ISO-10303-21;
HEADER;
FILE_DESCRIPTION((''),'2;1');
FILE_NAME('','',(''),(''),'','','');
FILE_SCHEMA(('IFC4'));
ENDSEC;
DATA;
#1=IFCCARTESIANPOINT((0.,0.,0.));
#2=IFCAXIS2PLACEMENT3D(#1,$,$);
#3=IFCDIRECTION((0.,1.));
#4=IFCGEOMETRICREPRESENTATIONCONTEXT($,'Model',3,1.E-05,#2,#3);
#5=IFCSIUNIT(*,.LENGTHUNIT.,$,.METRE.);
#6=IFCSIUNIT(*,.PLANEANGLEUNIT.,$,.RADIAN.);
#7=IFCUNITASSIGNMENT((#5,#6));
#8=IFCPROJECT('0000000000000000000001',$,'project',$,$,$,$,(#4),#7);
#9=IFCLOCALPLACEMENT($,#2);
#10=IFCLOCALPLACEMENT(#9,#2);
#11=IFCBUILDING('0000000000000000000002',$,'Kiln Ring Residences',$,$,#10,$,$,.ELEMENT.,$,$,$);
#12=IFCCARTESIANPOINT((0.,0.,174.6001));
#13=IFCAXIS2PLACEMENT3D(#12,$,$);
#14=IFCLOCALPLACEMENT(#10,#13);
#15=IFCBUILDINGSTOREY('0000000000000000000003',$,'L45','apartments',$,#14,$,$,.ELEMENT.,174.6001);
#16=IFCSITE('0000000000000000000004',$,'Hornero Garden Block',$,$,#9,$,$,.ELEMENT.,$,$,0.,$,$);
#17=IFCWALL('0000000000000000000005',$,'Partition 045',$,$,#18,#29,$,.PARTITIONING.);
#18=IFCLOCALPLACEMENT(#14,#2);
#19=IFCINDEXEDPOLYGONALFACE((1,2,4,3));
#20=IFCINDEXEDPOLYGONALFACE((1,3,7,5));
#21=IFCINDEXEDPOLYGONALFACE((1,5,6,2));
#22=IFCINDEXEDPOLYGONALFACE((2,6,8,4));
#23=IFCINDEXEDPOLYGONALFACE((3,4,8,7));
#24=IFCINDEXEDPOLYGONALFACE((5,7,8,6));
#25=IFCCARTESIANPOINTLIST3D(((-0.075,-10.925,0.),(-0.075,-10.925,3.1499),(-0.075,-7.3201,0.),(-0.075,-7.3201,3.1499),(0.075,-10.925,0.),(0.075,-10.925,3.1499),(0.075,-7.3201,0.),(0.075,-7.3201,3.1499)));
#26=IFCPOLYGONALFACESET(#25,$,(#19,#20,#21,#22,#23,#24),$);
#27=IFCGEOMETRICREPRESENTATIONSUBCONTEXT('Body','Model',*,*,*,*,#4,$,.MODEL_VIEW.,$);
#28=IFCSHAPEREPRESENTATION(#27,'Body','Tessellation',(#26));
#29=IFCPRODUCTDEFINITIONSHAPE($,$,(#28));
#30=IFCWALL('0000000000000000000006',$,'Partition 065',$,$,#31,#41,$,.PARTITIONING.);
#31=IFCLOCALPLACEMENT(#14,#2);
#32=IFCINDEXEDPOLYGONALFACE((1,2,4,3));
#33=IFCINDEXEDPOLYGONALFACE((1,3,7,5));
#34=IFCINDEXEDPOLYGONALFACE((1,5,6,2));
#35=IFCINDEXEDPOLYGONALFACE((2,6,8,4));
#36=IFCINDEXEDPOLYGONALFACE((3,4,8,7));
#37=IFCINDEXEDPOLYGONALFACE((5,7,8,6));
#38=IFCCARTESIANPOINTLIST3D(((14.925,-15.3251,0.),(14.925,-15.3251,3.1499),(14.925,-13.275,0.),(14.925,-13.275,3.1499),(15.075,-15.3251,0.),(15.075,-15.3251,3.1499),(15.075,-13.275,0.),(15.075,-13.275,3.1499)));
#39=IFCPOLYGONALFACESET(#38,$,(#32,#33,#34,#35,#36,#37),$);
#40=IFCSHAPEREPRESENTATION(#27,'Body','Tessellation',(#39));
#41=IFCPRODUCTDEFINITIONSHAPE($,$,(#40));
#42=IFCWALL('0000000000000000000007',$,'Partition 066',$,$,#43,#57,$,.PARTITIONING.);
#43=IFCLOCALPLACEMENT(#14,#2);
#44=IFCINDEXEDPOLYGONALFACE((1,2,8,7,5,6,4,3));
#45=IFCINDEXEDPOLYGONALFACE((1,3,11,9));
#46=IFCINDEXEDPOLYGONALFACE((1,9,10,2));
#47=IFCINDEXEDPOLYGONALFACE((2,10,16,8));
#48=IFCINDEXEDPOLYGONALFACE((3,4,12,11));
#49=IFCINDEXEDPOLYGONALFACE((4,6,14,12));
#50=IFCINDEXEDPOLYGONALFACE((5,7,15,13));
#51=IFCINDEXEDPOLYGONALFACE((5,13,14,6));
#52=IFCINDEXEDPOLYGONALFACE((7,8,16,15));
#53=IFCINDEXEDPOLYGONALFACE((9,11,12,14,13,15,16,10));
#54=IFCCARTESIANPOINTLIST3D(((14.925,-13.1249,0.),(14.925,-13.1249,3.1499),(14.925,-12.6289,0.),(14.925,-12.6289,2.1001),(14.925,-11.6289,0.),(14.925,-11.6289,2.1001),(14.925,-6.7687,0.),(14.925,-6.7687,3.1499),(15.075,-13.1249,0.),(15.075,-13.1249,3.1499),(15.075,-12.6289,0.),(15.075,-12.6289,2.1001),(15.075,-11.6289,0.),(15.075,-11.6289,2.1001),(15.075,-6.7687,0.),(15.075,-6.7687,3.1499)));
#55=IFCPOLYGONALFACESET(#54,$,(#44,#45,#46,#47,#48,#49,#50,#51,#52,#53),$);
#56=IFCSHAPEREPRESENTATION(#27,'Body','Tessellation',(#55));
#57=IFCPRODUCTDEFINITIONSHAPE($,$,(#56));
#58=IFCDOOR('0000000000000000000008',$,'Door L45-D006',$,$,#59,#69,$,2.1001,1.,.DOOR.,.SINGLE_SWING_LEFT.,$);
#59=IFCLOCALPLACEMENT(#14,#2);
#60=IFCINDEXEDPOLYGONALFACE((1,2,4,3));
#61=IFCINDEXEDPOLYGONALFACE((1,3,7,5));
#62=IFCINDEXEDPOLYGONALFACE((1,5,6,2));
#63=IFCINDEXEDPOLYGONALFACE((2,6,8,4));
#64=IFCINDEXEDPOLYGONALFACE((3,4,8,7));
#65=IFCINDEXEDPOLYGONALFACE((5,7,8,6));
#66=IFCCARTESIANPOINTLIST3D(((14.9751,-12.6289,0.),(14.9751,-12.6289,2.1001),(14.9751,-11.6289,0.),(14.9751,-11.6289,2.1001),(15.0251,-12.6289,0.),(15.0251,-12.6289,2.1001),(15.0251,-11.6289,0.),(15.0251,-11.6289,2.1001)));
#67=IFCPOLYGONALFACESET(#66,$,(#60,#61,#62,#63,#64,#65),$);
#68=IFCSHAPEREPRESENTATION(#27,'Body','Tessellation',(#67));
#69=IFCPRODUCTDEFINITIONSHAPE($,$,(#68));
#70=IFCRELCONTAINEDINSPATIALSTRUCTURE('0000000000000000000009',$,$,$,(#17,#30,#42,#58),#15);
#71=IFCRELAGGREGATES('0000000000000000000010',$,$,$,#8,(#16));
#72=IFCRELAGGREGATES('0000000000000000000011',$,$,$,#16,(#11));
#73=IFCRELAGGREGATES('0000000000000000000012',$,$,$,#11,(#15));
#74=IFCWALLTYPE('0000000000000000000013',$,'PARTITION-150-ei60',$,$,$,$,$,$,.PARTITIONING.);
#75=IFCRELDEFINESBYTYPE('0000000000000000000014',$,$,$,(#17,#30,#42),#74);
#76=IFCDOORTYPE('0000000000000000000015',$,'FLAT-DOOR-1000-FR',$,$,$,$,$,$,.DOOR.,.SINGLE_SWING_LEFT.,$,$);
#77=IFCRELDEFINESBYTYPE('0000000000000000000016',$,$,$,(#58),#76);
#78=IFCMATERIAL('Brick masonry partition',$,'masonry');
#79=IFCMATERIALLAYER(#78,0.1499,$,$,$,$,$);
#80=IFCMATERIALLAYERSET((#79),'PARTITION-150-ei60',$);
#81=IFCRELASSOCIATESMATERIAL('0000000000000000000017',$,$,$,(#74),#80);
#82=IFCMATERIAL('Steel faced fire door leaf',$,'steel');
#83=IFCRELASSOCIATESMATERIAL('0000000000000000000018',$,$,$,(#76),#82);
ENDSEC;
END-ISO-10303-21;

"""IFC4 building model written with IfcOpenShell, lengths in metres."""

from ifc_helpers import new_model, si_unit, direction, frame, frame_2d, origin, place, context, subcontext, project, spatial, rectangle, extrude, material, layer, layer_set, type_object, element, fill, save


model = new_model("IFC4")

# Units and contexts
model_context = context("Model", 3, precision=1e-05, world=origin(), true_north=direction((0.0, 1.0)))
body_context = subcontext(model_context, "Body", "Model", "MODEL_VIEW")
ifc_project = project(units=[si_unit("LENGTHUNIT", "METRE"), si_unit("PLANEANGLEUNIT", "RADIAN")], contexts=[model_context])

# Site, building, storey
site_placement = place(None, origin())
site = spatial("IfcSite", under=ifc_project, at=site_placement, Name="Hornero Garden Block", CompositionType="ELEMENT", RefElevation=0.0)
building_placement = place(site_placement, origin())
building = spatial("IfcBuilding", under=site, at=building_placement, Name="Kiln Ring Residences", CompositionType="ELEMENT")
storey_placement = place(building_placement, frame((0.0, 0.0, 174.6001)))
storey = spatial("IfcBuildingStorey", under=building, at=storey_placement, Name="L45", Description="apartments", CompositionType="ELEMENT", Elevation=174.6001)

# Shared definitions
ifc_material_1 = material(Name="Brick masonry partition", Category="masonry")
ifc_layer_1 = layer(ifc_material_1, 0.1499)
ifc_layer_set_1 = layer_set([ifc_layer_1], Name="PARTITION-150-ei60")
wall_type_1 = type_object("IfcWallType", Name="PARTITION-150-ei60", PredefinedType="PARTITIONING", material=ifc_layer_set_1)
ifc_material_2 = material(Name="Steel faced fire door leaf", Category="steel")
door_type_1 = type_object("IfcDoorType", Name="FLAT-DOOR-1000-FR", OperationType="SINGLE_SWING_LEFT", PredefinedType="DOOR", material=ifc_material_2)

# Walls
wall_1_placement = place(storey_placement, frame((0.0, -10.925, 0.0), z_axis=(0.0, 0.0, 1.0), x_axis=(0.0, 1.0, 0.0)))
element("IfcWall", 1, at=wall_1_placement, inside=storey, type_object=wall_type_1, Name="Partition 045", PredefinedType="PARTITIONING", context=body_context, shape_type="SweptSolid", body=[
    extrude(rectangle(XDim=3.605, YDim=0.1499, at=frame_2d((1.8025, 0.0))), origin(), (0.0, 0.0, 1.0), 3.1499),
])
wall_2_placement = place(storey_placement, frame((15.0, -15.325, 0.0), z_axis=(0.0, 0.0, 1.0), x_axis=(0.0, 1.0, 0.0)))
element("IfcWall", 2, at=wall_2_placement, inside=storey, type_object=wall_type_1, Name="Partition 065", PredefinedType="PARTITIONING", context=body_context, shape_type="SweptSolid", body=[
    extrude(rectangle(XDim=2.05, YDim=0.1499, at=frame_2d((1.0249, 0.0))), origin(), (0.0, 0.0, 1.0), 3.1499),
])

# Wall, opening, door
wall_3_placement = place(storey_placement, frame((15.0, -13.125, 0.0), z_axis=(0.0, 0.0, 1.0), x_axis=(0.0, 1.0, 0.0)))
wall_3 = element("IfcWall", 3, at=wall_3_placement, inside=storey, type_object=wall_type_1, Name="Partition 066", PredefinedType="PARTITIONING", context=body_context, shape_type="SweptSolid", body=[
    extrude(rectangle(XDim=6.3562, YDim=0.1499, at=frame_2d((3.1782, 0.0))), origin(), (0.0, 0.0, 1.0), 3.1499),
])
opening_1_placement = place(wall_3_placement, frame((0.4961, 0.0, 0.0)))
opening_1 = element("IfcOpeningElement", 4, at=opening_1_placement, cuts=wall_3, PredefinedType="OPENING", context=body_context, shape_type="SweptSolid", body=[
    extrude(rectangle(XDim=1.0, YDim=2.1001, at=frame_2d((0.5, 1.05))), frame((0.0, 0.085, 0.0), z_axis=(0.0, -1.0, 0.0), x_axis=(1.0, 0.0, 0.0)), (0.0, 0.0, 1.0), 0.1699),
])
door_1_placement = place(opening_1_placement, origin())
door_1 = element("IfcDoor", 5, at=door_1_placement, inside=storey, type_object=door_type_1, Name="Door L45-D006", OperationType="SINGLE_SWING_LEFT", OverallHeight=2.1001, OverallWidth=1.0, PredefinedType="DOOR", context=body_context, shape_type="SweptSolid", body=[
    extrude(rectangle(XDim=1.0, YDim=2.1001, at=frame_2d((0.5, 1.05))), frame((0.0, 0.0249, 0.0), z_axis=(0.0, -1.0, 0.0), x_axis=(1.0, 0.0, 0.0)), (0.0, 0.0, 1.0), 0.05),
])
fill(opening_1, door_1)

save(model, "model.ifc")
